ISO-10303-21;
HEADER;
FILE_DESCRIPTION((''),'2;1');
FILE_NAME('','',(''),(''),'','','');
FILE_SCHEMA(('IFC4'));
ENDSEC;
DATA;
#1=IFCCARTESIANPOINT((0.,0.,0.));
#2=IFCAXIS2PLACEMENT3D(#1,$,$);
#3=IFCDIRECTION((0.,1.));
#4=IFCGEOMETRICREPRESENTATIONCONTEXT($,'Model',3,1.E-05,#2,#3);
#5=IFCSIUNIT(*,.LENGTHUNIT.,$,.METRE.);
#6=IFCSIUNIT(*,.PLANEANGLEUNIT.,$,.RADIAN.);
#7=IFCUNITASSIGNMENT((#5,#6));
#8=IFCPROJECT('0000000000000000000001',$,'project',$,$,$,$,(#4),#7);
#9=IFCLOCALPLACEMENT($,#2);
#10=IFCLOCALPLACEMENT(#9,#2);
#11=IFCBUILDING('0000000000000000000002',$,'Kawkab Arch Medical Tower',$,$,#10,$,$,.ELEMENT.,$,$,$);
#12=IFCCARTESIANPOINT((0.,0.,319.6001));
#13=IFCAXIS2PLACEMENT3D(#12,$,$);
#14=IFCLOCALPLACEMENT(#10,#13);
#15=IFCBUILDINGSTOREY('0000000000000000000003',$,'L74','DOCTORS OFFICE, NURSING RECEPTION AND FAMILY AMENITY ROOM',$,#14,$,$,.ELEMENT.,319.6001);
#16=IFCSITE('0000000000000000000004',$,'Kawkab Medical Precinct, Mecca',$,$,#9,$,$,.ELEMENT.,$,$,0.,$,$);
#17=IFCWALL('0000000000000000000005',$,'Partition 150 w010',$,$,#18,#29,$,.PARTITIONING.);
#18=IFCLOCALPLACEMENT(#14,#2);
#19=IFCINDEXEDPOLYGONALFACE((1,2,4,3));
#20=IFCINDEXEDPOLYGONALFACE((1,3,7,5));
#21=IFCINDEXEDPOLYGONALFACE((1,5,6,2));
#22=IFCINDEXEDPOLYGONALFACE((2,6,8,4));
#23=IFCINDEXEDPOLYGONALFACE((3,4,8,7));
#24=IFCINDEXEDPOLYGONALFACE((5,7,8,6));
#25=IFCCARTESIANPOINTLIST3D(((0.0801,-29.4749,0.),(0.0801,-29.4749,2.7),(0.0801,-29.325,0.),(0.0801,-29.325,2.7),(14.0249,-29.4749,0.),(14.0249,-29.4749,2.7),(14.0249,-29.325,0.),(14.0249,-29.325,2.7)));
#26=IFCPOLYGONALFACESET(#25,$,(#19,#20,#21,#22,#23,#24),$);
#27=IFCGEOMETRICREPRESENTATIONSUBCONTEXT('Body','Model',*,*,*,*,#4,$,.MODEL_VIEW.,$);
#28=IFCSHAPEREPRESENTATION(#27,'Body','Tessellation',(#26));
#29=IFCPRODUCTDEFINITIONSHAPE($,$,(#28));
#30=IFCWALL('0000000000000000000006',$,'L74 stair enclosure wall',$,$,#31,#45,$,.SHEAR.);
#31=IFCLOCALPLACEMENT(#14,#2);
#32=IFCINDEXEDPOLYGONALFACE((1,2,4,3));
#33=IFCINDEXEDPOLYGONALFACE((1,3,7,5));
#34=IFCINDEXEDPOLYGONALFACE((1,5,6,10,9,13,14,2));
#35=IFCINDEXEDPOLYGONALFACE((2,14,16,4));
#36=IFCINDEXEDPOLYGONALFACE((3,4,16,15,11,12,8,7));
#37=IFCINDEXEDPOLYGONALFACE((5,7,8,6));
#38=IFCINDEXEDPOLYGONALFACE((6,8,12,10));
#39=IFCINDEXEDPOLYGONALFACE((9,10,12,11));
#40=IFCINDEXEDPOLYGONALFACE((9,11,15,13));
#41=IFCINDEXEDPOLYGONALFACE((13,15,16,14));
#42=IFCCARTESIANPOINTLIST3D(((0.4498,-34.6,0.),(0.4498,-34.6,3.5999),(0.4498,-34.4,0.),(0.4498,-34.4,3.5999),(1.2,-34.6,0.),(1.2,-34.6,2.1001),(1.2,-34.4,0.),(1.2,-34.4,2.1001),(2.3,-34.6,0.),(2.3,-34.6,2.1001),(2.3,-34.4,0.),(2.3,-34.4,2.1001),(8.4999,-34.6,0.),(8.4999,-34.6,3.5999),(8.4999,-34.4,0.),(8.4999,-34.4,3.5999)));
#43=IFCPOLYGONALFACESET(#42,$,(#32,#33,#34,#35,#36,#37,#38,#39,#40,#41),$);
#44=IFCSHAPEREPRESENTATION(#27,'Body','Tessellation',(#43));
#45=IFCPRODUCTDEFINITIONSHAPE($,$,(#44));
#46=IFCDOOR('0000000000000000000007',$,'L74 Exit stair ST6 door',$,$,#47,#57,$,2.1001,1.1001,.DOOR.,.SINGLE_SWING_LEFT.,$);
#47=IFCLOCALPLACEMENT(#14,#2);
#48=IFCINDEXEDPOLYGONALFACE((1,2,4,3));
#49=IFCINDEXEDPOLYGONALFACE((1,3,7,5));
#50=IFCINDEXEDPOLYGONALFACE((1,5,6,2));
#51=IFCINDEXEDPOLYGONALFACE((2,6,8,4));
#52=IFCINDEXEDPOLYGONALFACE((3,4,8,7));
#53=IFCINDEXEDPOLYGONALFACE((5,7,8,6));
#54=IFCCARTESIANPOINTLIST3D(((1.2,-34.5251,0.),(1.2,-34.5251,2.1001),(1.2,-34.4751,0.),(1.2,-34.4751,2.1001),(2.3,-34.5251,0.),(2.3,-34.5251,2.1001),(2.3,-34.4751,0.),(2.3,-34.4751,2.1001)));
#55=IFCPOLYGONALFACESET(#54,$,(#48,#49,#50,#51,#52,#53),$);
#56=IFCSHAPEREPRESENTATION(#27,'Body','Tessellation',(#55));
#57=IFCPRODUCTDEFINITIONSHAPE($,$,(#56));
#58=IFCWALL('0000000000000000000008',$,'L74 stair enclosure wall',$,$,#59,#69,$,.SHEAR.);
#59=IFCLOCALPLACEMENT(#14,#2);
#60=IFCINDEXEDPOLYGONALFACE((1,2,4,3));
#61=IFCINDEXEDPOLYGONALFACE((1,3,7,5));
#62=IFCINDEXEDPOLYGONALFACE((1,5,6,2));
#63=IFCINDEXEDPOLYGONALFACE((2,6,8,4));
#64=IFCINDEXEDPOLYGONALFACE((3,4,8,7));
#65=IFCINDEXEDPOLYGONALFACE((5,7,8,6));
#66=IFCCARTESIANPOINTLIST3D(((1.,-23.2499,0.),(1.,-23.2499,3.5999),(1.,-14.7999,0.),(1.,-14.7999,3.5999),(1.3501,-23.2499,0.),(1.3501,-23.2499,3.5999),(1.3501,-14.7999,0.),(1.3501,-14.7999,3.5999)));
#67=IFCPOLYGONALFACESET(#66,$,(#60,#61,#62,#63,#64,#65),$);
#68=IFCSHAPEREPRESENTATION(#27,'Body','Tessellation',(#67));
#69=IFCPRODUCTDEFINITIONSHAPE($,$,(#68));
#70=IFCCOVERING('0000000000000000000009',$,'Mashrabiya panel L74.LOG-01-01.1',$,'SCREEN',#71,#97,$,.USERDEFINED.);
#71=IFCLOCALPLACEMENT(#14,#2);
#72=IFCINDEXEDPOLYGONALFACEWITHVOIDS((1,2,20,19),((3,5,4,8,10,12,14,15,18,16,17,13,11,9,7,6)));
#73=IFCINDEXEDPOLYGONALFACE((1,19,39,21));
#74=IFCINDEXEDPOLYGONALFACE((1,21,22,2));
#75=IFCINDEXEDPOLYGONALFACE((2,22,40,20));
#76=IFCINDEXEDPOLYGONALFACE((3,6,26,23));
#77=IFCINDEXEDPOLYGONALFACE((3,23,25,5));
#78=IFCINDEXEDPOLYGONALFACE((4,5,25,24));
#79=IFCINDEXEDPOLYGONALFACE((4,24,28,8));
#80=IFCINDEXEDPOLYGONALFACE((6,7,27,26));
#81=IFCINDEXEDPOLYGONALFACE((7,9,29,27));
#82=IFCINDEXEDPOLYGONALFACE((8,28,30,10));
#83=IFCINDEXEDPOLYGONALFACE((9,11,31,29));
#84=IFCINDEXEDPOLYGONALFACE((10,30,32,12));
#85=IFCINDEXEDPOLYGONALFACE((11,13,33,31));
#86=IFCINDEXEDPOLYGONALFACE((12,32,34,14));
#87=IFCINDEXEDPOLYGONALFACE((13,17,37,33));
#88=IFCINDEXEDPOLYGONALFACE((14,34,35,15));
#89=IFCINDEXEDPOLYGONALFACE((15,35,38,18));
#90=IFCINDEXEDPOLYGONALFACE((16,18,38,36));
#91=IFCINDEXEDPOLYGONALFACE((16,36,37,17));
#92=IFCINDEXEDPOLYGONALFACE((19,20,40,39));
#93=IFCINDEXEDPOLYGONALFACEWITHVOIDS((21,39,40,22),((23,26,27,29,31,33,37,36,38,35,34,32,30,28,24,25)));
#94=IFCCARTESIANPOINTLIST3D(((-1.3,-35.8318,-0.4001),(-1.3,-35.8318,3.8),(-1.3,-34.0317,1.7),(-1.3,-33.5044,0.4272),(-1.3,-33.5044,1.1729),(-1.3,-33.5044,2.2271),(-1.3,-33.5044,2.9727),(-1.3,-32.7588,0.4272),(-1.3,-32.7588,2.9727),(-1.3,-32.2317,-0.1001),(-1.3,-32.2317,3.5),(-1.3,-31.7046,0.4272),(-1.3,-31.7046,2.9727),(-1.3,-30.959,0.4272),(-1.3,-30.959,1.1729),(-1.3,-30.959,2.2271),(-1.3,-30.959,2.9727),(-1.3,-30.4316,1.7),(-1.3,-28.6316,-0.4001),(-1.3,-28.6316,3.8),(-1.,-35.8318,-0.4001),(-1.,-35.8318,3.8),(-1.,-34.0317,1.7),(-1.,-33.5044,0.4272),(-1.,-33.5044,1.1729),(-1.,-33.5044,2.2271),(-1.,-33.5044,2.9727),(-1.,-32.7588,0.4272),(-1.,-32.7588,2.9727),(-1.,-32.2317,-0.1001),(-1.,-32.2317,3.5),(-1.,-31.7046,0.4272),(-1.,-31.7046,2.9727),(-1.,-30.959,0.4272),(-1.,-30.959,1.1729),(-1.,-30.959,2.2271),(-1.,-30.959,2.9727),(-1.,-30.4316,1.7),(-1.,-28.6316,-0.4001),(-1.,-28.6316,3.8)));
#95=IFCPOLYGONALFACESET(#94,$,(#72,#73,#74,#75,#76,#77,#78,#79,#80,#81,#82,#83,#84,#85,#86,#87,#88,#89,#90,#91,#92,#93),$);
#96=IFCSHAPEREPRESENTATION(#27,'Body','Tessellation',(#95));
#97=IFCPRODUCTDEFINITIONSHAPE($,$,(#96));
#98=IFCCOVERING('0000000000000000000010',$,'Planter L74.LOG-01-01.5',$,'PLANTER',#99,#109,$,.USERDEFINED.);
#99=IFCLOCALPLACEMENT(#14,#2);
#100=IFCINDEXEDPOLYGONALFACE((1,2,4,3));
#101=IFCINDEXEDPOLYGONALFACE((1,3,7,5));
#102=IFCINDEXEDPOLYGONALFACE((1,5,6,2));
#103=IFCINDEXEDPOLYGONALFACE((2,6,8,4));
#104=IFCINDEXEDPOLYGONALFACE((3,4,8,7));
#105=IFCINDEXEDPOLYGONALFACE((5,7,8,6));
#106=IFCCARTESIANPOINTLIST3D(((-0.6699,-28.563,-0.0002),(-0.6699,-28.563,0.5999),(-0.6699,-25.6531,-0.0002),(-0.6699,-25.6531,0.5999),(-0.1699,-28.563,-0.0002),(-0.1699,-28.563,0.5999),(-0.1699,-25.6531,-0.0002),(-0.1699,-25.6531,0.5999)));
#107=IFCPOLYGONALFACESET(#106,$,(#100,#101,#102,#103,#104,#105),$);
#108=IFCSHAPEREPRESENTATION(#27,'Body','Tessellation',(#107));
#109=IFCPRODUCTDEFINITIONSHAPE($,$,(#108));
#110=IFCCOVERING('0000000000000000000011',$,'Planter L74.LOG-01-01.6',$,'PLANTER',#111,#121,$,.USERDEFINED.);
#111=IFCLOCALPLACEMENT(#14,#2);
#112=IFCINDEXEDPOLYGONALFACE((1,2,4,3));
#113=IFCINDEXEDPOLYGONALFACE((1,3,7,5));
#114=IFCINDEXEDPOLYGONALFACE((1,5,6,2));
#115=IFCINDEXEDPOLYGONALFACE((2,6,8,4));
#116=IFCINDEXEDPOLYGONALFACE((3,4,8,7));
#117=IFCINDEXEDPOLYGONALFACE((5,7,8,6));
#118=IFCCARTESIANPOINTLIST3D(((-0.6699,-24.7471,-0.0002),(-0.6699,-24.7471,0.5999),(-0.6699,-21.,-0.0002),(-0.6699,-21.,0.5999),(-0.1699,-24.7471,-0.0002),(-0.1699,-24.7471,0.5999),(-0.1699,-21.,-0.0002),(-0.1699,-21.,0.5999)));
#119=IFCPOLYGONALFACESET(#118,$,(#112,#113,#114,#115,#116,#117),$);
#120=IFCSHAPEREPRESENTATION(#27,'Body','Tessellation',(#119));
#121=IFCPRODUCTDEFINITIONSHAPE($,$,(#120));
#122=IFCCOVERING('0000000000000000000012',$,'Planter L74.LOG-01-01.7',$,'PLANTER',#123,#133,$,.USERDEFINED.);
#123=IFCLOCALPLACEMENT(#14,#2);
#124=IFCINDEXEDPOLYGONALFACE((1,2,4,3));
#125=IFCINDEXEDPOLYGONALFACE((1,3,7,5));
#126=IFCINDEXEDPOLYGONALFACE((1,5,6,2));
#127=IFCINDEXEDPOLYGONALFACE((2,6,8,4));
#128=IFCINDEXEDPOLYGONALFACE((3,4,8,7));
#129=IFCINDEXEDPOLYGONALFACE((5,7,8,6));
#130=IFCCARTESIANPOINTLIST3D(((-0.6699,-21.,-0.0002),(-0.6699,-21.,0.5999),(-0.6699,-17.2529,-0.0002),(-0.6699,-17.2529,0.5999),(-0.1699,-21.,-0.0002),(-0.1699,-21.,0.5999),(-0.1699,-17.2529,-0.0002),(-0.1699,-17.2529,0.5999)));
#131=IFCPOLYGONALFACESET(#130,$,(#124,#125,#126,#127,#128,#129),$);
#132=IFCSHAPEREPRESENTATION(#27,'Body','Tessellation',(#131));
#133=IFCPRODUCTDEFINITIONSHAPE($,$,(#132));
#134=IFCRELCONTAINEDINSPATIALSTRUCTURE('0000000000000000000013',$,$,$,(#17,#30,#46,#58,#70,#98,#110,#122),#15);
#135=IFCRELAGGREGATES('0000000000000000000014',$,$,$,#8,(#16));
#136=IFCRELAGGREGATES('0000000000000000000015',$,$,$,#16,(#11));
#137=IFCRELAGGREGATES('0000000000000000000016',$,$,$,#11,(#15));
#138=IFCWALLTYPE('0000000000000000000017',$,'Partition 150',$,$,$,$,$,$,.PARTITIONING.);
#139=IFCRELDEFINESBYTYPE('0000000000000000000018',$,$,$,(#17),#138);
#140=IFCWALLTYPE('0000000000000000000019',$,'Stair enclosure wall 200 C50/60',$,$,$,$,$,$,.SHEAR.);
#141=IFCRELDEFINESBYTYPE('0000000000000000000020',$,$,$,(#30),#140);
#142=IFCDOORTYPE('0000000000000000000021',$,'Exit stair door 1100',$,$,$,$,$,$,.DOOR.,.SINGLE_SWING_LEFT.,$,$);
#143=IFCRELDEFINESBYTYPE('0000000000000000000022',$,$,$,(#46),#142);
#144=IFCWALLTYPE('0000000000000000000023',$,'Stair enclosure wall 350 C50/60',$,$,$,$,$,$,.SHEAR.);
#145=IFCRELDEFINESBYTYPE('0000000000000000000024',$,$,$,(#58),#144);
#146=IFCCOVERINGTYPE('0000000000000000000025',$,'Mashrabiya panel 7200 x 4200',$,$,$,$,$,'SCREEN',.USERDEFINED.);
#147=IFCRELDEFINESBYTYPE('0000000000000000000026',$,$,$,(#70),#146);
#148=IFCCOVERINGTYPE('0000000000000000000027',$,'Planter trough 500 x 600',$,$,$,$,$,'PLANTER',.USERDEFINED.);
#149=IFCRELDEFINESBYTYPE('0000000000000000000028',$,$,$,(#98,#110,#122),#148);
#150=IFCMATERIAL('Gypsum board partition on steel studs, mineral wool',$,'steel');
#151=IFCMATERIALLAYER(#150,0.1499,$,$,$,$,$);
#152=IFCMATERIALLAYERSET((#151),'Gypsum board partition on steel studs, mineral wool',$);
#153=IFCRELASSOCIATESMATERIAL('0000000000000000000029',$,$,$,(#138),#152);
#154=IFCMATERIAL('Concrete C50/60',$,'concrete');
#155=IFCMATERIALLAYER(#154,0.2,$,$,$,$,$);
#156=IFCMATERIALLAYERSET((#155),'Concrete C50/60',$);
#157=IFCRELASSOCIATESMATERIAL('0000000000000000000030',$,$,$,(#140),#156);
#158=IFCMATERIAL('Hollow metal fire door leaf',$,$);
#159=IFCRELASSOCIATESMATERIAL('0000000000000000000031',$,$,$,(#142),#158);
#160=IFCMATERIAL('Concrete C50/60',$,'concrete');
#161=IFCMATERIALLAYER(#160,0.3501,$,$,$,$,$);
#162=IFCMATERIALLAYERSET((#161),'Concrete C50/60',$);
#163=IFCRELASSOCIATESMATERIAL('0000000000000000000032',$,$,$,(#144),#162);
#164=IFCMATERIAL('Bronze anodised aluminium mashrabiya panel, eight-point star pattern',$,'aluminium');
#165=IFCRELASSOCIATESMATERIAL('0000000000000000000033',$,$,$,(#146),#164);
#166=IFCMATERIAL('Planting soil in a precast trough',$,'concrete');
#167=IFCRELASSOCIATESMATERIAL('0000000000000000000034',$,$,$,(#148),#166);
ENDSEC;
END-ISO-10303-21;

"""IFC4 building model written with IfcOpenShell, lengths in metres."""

from ifc_helpers import new_model, si_unit, direction, frame, frame_2d, origin, origin_2d, place, context, subcontext, project, spatial, polyline, rectangle, outline, extrude, material, layer, layer_set, material_profile, profile_set, type_object, element, fill, save


model = new_model("IFC4")

# Units and contexts
model_context = context("Model", 3, precision=1e-05, world=origin(), true_north=direction((0.0, 1.0)))
body_context = subcontext(model_context, "Body", "Model", "MODEL_VIEW")
ifc_project = project(units=[si_unit("LENGTHUNIT", "METRE"), si_unit("PLANEANGLEUNIT", "RADIAN")], contexts=[model_context])

# Site, building, storey
site_placement = place(None, origin())
site = spatial("IfcSite", under=ifc_project, at=site_placement, Name="Kawkab Medical Precinct, Mecca", CompositionType="ELEMENT", RefElevation=0.0)
building_placement = place(site_placement, origin())
building = spatial("IfcBuilding", under=site, at=building_placement, Name="Kawkab Arch Medical Tower", CompositionType="ELEMENT")
storey_placement = place(building_placement, frame((0.0, 0.0, 319.6001)))
storey = spatial("IfcBuildingStorey", under=building, at=storey_placement, Name="L74", Description="DOCTORS OFFICE, NURSING RECEPTION AND FAMILY AMENITY ROOM", CompositionType="ELEMENT", Elevation=319.6001)

# Shared definitions
ifc_material_1 = material(Name="Gypsum board partition on steel studs, mineral wool", Category="steel")
ifc_layer_1 = layer(ifc_material_1, 0.1499)
ifc_layer_set_1 = layer_set([ifc_layer_1], Name="Gypsum board partition on steel studs, mineral wool")
wall_type_1 = type_object("IfcWallType", Name="Partition 150", PredefinedType="PARTITIONING", material=ifc_layer_set_1)

# Wall
wall_1_placement = place(storey_placement, frame((0.0801, -29.3999, 0.0), z_axis=(0.0, 0.0, 1.0), x_axis=(1.0, 0.0, 0.0)))
element("IfcWall", 1, at=wall_1_placement, inside=storey, type_object=wall_type_1, Name="Partition 150 w010", PredefinedType="PARTITIONING", context=body_context, shape_type="SweptSolid", body=[
    extrude(rectangle(XDim=13.9448, YDim=0.1499, at=frame_2d((6.9724, 0.0))), origin(), (0.0, 0.0, 1.0), 2.7),
])

# Wall, opening, door
ifc_material_2 = material(Name="Concrete C50/60", Category="concrete")
ifc_layer_2 = layer(ifc_material_2, 0.2)
ifc_layer_set_2 = layer_set([ifc_layer_2], Name="Concrete C50/60")
wall_type_2 = type_object("IfcWallType", Name="Stair enclosure wall 200 C50/60", PredefinedType="SHEAR", material=ifc_layer_set_2)
wall_2_placement = place(storey_placement, frame((0.45, -34.5, 0.0), z_axis=(0.0, 0.0, 1.0), x_axis=(1.0, 0.0, 0.0)))
wall_2 = element("IfcWall", 2, at=wall_2_placement, inside=storey, type_object=wall_type_2, Name="L74 stair enclosure wall", PredefinedType="SHEAR", context=body_context, shape_type="SweptSolid", body=[
    extrude(rectangle(XDim=8.05, YDim=0.2, at=frame_2d((4.0249, 0.0))), origin(), (0.0, 0.0, 1.0), 3.5999),
])
opening_1_placement = place(wall_2_placement, frame((0.75, 0.0, 0.0)))
opening_1 = element("IfcOpeningElement", 3, at=opening_1_placement, cuts=wall_2, PredefinedType="OPENING", context=body_context, shape_type="SweptSolid", body=[
    extrude(rectangle(XDim=1.1001, YDim=2.1001, at=frame_2d((0.55, 1.05))), frame((0.0, 0.1099, 0.0), z_axis=(0.0, -1.0, 0.0), x_axis=(1.0, 0.0, 0.0)), (0.0, 0.0, 1.0), 0.22),
])
ifc_material_3 = material(Name="Hollow metal fire door leaf")
door_type_1 = type_object("IfcDoorType", Name="Exit stair door 1100", OperationType="SINGLE_SWING_LEFT", PredefinedType="DOOR", material=ifc_material_3)
door_1_placement = place(opening_1_placement, origin())
door_1 = element("IfcDoor", 4, at=door_1_placement, inside=storey, type_object=door_type_1, Name="L74 Exit stair ST6 door", OperationType="SINGLE_SWING_LEFT", OverallHeight=2.1001, OverallWidth=1.1001, PredefinedType="DOOR", context=body_context, shape_type="SweptSolid", body=[
    extrude(rectangle(XDim=1.1001, YDim=2.1001, at=frame_2d((0.55, 1.05))), frame((0.0, 0.0249, 0.0), z_axis=(0.0, -1.0, 0.0), x_axis=(1.0, 0.0, 0.0)), (0.0, 0.0, 1.0), 0.05),
])
fill(opening_1, door_1)

# Wall
ifc_material_4 = material(Name="Concrete C50/60", Category="concrete")
ifc_layer_3 = layer(ifc_material_4, 0.3501)
ifc_layer_set_3 = layer_set([ifc_layer_3], Name="Concrete C50/60")
wall_type_3 = type_object("IfcWallType", Name="Stair enclosure wall 350 C50/60", PredefinedType="SHEAR", material=ifc_layer_set_3)
wall_3_placement = place(storey_placement, frame((1.175, -23.25, 0.0), z_axis=(0.0, 0.0, 1.0), x_axis=(0.0, 1.0, 0.0)))
element("IfcWall", 5, at=wall_3_placement, inside=storey, type_object=wall_type_3, Name="L74 stair enclosure wall", PredefinedType="SHEAR", context=body_context, shape_type="SweptSolid", body=[
    extrude(rectangle(XDim=8.45, YDim=0.3501, at=frame_2d((4.2251, 0.0))), origin(), (0.0, 0.0, 1.0), 3.5999),
])

# Coverings
ifc_material_5 = material(Name="Bronze anodised aluminium mashrabiya panel, eight-point star pattern", Category="aluminium")
ifc_material_profile_1 = material_profile(ifc_material_5, outline(polyline([(-3.6001, -2.1001), (3.6001, -2.1001), (3.6001, 2.1001), (-3.6001, 2.1001), (-3.6001, -2.1001)]), holes=[polyline([(1.8, 0.0), (1.2727, 0.5271), (1.2727, 1.2727), (0.5271, 1.2727), (0.0, 1.8), (-0.5271, 1.2727), (-1.2727, 1.2727), (-1.2727, 0.5271), (-1.8, 0.0), (-1.2727, -0.5271), (-1.2727, -1.2727), (-0.5271, -1.2727), (0.0, -1.8), (0.5271, -1.2727), (1.2727, -1.2727), (1.2727, -0.5271), (1.8, 0.0)])]), Name="Mashrabiya panel 7200x4200")
ifc_profile_set_1 = profile_set([ifc_material_profile_1], Name="Bronze anodised aluminium mashrabiya panel, eight-point star pattern")
covering_type_1 = type_object("IfcCoveringType", Name="Mashrabiya panel 7200 x 4200", ElementType="SCREEN", PredefinedType="USERDEFINED", material=ifc_profile_set_1)
covering_1_placement = place(storey_placement, frame((-1.0, -32.2317, 1.7), z_axis=(-1.0, 0.0, 0.0), x_axis=(0.0, -1.0, 0.0)))
element("IfcCovering", 6, at=covering_1_placement, inside=storey, type_object=covering_type_1, Name="Mashrabiya panel L74.LOG-01-01.1", ObjectType="SCREEN", PredefinedType="USERDEFINED", context=body_context, shape_type="SweptSolid", body=[
    extrude(outline(polyline([(-3.6001, -2.1001), (3.6001, -2.1001), (3.6001, 2.1001), (-3.6001, 2.1001), (-3.6001, -2.1001)]), holes=[polyline([(1.8, 0.0), (1.2727, 0.5271), (1.2727, 1.2727), (0.5271, 1.2727), (0.0, 1.8), (-0.5271, 1.2727), (-1.2727, 1.2727), (-1.2727, 0.5271), (-1.8, 0.0), (-1.2727, -0.5271), (-1.2727, -1.2727), (-0.5271, -1.2727), (0.0, -1.8), (0.5271, -1.2727), (1.2727, -1.2727), (1.2727, -0.5271), (1.8, 0.0)])]), origin(), (0.0, 0.0, 1.0), 0.3),
])
ifc_material_6 = material(Name="Planting soil in a precast trough", Category="concrete")
ifc_material_profile_2 = material_profile(ifc_material_6, rectangle(XDim=0.5, YDim=0.6001, at=origin_2d()), Name="Trough 500x600")
ifc_profile_set_2 = profile_set([ifc_material_profile_2], Name="Planting soil in a precast trough")
covering_type_2 = type_object("IfcCoveringType", Name="Planter trough 500 x 600", ElementType="PLANTER", PredefinedType="USERDEFINED", material=ifc_profile_set_2)
covering_2_placement = place(storey_placement, frame((-0.4199, -28.563, 0.2998), z_axis=(0.0, 1.0, 0.0), x_axis=(-1.0, 0.0, 0.0)))
element("IfcCovering", 7, at=covering_2_placement, inside=storey, type_object=covering_type_2, Name="Planter L74.LOG-01-01.5", ObjectType="PLANTER", PredefinedType="USERDEFINED", context=body_context, shape_type="SweptSolid", body=[
    extrude(rectangle(XDim=0.5, YDim=0.6001, at=origin_2d()), origin(), (0.0, 0.0, 1.0), 2.9099),
])
for number, where, z_axis, x_axis, name in (
    (8, (-0.4199, -24.7471, 0.2998), (0.0, 1.0, 0.0), (-1.0, 0.0, 0.0), "Planter L74.LOG-01-01.6"),
    (9, (-0.4199, -21.0, 0.2998), (0.0, 1.0, 0.0), (-1.0, 0.0, 0.0), "Planter L74.LOG-01-01.7"),
):
    element("IfcCovering", number, at=place(storey_placement, frame(where, z_axis=z_axis, x_axis=x_axis)), inside=storey, type_object=covering_type_2, Name=name, ObjectType="PLANTER", PredefinedType="USERDEFINED", context=body_context, shape_type="SweptSolid", body=[
        extrude(rectangle(XDim=0.5, YDim=0.6001, at=origin_2d()), origin(), (0.0, 0.0, 1.0), 3.7471),
    ])

save(model, "model.ifc")
